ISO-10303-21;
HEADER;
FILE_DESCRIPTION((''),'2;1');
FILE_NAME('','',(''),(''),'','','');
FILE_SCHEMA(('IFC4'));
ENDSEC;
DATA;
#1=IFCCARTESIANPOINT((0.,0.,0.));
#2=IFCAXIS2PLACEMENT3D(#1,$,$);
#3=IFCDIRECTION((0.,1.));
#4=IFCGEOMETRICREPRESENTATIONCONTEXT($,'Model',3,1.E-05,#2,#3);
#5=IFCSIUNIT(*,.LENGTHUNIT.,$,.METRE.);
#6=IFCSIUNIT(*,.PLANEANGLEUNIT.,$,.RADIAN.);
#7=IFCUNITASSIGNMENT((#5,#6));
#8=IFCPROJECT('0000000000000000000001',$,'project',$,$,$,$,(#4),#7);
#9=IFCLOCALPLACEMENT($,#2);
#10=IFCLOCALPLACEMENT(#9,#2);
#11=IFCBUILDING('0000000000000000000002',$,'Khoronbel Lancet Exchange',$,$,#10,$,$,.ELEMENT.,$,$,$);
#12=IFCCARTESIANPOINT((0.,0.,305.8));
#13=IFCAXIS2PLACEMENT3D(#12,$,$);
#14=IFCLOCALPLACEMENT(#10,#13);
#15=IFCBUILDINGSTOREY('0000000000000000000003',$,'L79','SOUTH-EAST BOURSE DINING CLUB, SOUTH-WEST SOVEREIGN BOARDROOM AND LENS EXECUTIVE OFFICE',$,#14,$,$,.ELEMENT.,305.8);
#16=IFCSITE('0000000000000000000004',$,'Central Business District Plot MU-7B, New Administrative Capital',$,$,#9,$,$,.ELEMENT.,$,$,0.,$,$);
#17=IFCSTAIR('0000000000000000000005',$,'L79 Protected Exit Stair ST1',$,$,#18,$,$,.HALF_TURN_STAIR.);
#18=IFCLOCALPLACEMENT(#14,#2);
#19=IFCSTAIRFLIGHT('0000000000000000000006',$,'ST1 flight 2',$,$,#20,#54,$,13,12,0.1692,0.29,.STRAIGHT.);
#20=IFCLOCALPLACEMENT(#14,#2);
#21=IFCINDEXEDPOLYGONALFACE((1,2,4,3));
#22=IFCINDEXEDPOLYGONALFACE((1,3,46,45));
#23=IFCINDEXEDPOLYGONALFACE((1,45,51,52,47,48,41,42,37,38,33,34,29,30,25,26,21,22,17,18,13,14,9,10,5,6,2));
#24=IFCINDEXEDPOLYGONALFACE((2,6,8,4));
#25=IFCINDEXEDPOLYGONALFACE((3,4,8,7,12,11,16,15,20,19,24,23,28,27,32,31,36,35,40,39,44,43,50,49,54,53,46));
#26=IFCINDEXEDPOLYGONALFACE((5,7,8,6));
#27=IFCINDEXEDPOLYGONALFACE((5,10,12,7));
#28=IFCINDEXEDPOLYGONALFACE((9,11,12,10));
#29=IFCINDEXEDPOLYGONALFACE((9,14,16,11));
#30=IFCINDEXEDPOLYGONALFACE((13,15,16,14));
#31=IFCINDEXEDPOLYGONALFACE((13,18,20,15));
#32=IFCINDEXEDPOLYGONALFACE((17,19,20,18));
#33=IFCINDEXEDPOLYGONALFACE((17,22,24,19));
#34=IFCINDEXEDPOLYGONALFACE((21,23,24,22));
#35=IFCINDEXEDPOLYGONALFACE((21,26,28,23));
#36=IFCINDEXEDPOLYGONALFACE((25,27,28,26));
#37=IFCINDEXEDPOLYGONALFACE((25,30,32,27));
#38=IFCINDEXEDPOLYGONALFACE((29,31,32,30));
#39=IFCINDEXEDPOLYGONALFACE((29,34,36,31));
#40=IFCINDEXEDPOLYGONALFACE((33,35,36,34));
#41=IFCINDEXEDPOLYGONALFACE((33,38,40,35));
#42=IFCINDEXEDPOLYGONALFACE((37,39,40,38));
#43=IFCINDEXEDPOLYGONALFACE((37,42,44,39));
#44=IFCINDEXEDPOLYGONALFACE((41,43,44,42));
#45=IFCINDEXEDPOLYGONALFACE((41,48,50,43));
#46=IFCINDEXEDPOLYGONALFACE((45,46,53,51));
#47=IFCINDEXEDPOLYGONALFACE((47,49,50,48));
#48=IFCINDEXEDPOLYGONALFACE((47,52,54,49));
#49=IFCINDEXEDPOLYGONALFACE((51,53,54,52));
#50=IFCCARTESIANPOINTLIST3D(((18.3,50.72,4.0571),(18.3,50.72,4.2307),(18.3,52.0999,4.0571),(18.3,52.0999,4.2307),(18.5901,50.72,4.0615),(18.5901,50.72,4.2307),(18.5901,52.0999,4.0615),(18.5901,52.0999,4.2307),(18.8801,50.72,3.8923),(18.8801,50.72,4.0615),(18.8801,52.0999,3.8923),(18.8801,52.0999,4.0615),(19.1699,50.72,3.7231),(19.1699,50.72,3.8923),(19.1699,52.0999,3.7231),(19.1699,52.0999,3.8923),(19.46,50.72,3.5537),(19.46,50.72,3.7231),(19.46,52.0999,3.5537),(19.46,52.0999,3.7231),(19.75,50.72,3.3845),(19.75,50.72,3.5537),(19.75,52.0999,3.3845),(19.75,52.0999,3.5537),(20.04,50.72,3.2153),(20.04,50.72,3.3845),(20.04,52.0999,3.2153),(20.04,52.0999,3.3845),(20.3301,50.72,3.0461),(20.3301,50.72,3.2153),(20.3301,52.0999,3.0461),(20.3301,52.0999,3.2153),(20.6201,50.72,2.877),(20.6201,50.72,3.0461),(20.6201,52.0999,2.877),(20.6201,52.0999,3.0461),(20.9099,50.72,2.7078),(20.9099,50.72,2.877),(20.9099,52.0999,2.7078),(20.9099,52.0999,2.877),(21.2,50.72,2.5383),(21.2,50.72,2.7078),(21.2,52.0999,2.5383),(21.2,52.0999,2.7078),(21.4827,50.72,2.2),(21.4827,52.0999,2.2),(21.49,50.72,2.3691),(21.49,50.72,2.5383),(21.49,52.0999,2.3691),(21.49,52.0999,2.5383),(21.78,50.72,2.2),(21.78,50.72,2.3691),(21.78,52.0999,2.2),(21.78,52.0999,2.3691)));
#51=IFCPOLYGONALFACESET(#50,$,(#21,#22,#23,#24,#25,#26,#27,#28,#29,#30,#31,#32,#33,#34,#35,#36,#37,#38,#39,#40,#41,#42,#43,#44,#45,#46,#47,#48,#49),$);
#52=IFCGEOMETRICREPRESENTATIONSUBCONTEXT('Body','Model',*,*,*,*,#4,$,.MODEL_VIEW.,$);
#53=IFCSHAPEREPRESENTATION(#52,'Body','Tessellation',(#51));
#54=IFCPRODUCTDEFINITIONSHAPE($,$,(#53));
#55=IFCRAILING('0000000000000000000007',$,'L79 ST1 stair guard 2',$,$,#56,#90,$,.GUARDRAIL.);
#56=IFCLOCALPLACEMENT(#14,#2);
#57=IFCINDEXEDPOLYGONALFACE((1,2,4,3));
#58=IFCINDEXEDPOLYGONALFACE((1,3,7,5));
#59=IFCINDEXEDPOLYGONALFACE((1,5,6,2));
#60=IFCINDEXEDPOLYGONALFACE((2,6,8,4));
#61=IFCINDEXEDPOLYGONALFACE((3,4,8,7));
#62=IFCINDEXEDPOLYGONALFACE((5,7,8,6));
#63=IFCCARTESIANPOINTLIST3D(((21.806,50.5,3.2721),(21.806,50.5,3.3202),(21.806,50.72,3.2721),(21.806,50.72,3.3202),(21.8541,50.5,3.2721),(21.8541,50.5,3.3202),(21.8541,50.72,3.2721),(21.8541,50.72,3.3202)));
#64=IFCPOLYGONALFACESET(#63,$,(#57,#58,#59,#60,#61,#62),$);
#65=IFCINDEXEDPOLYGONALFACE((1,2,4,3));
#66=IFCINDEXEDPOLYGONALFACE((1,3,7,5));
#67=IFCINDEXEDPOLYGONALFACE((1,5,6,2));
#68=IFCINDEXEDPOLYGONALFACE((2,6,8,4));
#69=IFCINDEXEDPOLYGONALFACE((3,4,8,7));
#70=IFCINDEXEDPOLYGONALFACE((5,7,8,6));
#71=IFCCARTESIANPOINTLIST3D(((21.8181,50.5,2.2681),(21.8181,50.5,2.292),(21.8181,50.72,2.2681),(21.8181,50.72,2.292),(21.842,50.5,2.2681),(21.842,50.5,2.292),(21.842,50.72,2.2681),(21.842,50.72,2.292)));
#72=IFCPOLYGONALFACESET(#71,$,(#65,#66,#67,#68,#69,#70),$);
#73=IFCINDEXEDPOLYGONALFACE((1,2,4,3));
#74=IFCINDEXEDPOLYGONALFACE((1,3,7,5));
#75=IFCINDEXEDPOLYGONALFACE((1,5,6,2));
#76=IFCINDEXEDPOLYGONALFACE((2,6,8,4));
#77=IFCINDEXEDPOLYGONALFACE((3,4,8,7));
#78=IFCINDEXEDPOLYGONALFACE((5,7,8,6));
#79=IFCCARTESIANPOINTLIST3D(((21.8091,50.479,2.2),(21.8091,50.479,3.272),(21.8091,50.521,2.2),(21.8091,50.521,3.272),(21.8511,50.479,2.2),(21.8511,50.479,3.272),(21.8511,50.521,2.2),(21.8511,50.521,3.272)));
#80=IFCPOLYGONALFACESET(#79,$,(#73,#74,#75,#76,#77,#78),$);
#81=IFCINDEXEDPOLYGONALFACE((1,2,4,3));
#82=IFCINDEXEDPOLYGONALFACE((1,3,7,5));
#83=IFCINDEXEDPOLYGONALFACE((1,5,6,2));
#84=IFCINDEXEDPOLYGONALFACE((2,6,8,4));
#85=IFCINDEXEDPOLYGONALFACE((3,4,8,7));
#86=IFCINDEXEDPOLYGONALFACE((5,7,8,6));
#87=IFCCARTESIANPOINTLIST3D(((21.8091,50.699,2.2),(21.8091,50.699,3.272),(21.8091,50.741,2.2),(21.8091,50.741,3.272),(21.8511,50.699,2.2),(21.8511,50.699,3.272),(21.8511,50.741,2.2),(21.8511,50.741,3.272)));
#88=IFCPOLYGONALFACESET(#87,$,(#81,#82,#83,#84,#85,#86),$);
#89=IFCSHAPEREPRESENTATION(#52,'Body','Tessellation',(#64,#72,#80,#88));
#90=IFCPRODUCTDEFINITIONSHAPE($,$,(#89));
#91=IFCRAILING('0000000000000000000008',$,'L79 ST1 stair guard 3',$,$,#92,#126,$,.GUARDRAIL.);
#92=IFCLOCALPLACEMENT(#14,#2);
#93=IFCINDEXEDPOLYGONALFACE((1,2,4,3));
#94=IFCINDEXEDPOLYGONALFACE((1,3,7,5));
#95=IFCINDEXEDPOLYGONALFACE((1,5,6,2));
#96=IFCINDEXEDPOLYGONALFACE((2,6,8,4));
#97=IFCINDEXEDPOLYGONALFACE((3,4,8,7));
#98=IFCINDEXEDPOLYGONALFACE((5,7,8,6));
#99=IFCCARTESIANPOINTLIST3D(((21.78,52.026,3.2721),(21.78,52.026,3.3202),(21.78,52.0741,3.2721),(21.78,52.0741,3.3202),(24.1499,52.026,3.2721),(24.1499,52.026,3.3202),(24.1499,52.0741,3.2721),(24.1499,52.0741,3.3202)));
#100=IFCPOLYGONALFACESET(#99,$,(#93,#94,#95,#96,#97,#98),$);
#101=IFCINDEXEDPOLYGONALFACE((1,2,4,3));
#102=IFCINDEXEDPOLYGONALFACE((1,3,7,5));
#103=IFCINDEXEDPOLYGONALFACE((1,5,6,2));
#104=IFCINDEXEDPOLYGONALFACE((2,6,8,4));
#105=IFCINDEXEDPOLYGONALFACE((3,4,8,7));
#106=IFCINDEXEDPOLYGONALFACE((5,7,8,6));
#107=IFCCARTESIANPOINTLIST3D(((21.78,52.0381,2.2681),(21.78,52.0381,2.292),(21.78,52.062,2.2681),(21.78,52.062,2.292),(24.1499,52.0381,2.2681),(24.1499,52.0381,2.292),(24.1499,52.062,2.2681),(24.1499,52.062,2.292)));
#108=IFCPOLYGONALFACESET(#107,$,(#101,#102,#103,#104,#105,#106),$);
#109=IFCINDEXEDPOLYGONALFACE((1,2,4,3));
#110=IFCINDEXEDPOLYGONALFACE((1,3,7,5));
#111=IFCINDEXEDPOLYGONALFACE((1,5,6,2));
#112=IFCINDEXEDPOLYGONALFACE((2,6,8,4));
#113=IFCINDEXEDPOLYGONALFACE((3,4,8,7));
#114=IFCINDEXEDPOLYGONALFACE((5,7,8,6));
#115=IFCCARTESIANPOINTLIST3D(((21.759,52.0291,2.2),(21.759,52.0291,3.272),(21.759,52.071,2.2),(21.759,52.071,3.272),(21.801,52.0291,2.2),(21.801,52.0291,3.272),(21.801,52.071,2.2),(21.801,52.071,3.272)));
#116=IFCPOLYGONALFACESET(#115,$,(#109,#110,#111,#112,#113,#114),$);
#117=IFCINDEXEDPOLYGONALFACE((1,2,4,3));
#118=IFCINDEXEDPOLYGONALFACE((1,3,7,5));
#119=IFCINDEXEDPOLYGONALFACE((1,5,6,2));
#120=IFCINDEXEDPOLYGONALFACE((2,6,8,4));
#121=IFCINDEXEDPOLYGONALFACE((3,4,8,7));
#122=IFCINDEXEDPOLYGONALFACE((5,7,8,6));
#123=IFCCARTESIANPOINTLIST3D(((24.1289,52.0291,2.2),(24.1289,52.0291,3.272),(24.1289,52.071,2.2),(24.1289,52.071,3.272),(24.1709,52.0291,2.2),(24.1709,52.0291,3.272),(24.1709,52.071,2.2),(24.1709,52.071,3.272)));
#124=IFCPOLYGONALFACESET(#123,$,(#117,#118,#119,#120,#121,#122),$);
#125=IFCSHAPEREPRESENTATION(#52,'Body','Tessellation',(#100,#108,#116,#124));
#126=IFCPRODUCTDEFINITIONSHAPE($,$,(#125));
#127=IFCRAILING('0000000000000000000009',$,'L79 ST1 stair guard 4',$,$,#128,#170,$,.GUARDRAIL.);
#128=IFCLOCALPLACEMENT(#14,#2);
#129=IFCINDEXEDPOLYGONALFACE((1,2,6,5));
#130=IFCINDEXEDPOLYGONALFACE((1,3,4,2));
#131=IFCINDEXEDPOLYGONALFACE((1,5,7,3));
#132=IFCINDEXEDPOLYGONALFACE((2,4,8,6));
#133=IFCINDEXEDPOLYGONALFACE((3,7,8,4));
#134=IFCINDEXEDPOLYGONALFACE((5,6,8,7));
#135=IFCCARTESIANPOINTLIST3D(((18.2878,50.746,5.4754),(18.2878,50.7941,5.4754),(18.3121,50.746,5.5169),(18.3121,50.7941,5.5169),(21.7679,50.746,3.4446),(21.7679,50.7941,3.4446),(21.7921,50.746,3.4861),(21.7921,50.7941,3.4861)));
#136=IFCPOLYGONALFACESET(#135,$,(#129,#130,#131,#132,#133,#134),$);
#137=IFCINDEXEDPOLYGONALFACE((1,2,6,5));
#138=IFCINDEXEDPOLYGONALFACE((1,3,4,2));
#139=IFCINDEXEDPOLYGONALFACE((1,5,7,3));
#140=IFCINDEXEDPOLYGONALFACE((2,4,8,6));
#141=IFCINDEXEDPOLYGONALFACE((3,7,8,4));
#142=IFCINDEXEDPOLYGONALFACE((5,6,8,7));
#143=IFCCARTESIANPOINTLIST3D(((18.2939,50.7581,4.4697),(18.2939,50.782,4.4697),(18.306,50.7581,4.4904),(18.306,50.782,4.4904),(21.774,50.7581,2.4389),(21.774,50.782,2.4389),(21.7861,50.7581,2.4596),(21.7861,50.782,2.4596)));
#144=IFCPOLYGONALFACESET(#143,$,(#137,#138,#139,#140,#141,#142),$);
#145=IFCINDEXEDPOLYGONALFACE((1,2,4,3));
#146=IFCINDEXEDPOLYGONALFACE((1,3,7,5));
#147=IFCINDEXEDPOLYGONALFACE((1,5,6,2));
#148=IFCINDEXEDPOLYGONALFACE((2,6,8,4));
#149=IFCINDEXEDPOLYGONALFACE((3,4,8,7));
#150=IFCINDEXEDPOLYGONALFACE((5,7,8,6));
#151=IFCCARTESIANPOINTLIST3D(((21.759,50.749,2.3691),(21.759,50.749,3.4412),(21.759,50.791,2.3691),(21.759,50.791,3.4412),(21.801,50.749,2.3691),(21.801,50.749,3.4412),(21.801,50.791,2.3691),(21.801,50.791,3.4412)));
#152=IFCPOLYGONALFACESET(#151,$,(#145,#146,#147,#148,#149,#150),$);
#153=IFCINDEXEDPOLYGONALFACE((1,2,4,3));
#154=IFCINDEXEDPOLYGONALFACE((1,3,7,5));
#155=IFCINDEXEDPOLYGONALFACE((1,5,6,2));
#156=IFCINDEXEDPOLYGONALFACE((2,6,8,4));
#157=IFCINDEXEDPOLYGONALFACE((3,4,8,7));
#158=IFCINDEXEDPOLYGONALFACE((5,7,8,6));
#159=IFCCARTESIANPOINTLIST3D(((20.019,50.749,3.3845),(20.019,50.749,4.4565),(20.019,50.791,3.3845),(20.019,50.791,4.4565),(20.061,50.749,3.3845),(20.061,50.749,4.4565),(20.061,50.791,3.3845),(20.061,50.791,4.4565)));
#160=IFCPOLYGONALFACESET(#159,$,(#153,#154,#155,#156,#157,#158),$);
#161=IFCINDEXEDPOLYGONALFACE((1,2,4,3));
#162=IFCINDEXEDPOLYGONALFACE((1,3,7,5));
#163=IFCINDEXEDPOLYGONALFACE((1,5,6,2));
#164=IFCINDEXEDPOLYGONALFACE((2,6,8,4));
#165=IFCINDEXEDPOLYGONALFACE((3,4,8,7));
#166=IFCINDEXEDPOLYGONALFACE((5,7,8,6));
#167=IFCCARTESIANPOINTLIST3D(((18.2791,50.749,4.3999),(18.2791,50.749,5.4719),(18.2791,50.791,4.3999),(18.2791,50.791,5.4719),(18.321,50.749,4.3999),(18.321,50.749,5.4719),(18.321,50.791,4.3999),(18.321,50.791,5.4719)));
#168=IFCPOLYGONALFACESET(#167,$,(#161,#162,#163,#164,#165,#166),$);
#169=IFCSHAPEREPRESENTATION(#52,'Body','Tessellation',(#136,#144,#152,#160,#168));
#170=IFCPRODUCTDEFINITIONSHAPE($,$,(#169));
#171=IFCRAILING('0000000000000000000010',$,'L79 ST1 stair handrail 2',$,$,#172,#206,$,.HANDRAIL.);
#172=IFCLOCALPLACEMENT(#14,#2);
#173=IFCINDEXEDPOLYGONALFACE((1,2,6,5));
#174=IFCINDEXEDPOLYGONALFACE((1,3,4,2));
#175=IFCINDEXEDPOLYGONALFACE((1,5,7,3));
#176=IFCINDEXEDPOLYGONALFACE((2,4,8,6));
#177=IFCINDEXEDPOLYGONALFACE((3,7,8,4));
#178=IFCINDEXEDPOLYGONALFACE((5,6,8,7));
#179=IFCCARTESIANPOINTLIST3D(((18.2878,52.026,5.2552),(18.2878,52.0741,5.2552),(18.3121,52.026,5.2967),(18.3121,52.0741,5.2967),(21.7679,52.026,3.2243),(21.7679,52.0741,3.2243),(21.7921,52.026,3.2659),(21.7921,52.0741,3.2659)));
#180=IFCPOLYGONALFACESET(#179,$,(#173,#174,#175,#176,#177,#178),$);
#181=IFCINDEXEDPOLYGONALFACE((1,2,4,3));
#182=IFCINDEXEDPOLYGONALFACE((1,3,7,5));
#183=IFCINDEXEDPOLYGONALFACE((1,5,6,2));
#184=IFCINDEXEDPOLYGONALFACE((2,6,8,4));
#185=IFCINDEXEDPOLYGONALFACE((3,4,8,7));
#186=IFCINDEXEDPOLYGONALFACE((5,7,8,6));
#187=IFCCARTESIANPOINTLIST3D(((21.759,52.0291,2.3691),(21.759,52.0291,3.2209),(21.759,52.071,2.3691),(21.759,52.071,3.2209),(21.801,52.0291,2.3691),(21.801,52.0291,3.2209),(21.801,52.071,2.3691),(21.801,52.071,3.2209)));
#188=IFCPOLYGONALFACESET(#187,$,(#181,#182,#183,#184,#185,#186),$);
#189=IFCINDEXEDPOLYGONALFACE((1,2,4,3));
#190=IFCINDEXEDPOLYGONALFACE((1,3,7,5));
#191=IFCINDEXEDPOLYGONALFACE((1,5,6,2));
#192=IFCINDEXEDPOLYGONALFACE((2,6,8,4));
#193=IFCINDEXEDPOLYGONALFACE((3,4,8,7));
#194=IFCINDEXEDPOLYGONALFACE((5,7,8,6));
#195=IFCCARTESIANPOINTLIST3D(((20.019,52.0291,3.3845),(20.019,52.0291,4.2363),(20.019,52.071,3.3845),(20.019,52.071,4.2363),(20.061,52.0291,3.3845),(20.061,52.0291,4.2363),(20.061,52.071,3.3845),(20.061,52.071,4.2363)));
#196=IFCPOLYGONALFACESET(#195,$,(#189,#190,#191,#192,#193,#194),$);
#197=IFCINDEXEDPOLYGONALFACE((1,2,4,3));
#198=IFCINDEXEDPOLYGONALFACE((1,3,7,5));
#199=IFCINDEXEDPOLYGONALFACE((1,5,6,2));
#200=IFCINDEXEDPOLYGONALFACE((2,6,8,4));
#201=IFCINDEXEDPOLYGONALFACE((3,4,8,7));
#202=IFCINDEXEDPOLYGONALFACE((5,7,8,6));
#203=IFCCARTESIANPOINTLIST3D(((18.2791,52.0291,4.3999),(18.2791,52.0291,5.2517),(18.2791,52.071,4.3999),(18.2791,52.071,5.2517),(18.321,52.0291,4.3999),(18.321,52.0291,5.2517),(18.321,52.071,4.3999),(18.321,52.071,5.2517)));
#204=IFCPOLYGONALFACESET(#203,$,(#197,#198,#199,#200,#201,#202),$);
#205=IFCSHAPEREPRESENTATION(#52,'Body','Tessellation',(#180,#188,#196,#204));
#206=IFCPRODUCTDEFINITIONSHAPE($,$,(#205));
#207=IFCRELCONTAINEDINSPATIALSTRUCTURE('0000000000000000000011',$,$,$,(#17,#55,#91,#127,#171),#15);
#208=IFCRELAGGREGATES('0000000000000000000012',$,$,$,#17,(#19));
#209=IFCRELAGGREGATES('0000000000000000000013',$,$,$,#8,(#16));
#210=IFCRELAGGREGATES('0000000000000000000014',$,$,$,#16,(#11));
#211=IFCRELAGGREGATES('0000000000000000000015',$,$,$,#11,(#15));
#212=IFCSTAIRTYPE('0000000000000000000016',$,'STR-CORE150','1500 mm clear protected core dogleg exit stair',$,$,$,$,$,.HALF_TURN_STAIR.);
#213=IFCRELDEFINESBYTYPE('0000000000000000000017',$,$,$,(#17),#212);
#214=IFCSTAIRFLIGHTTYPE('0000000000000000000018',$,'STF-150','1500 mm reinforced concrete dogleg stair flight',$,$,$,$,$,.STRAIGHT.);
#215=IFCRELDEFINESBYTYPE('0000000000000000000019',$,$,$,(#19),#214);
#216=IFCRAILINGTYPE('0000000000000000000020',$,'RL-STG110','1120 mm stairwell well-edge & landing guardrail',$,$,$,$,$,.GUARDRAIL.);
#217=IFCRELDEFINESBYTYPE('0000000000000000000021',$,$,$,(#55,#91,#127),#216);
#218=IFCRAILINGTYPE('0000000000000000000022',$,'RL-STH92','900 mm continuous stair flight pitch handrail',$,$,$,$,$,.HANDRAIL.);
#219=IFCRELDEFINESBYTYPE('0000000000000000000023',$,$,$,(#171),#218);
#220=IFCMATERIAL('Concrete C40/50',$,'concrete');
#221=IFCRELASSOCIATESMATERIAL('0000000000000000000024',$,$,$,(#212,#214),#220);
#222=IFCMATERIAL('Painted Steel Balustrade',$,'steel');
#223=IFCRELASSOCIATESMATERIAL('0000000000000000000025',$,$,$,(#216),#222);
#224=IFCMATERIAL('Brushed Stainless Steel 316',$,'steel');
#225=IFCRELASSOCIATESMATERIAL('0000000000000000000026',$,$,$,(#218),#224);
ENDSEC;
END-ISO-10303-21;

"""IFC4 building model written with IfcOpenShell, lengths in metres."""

from ifc_helpers import new_model, si_unit, direction, frame, origin, origin_2d, place, context, subcontext, project, spatial, polyline, rectangle, outline, extrude, material, type_object, element, aggregate, save


model = new_model("IFC4")

# Units and contexts
model_context = context("Model", 3, precision=1e-05, world=origin(), true_north=direction((0.0, 1.0)))
body_context = subcontext(model_context, "Body", "Model", "MODEL_VIEW")
ifc_project = project(units=[si_unit("LENGTHUNIT", "METRE"), si_unit("PLANEANGLEUNIT", "RADIAN")], contexts=[model_context])

# Site, building, storey
site_placement = place(None, origin())
site = spatial("IfcSite", under=ifc_project, at=site_placement, Name="Central Business District Plot MU-7B, New Administrative Capital", CompositionType="ELEMENT", RefElevation=0.0)
building_placement = place(site_placement, origin())
building = spatial("IfcBuilding", under=site, at=building_placement, Name="Khoronbel Lancet Exchange", CompositionType="ELEMENT")
storey_placement = place(building_placement, frame((0.0, 0.0, 305.8)))
storey = spatial("IfcBuildingStorey", under=building, at=storey_placement, Name="L79", Description="SOUTH-EAST BOURSE DINING CLUB, SOUTH-WEST SOVEREIGN BOARDROOM AND LENS EXECUTIVE OFFICE", CompositionType="ELEMENT", Elevation=305.8)

# Stair, stair flight
ifc_material_1 = material(Name="Concrete C40/50", Category="concrete")
stair_type = type_object("IfcStairType", Name="STR-CORE150", Description="1500 mm clear protected core dogleg exit stair", PredefinedType="HALF_TURN_STAIR", material=ifc_material_1)
stair_placement = place(storey_placement, origin())
stair = element("IfcStair", 1, at=stair_placement, inside=storey, type_object=stair_type, Name="L79 Protected Exit Stair ST1", PredefinedType="HALF_TURN_STAIR")
stair_flight_type = type_object("IfcStairFlightType", Name="STF-150", Description="1500 mm reinforced concrete dogleg stair flight", PredefinedType="STRAIGHT", material=ifc_material_1)
stair_flight_placement = place(storey_placement, frame((21.78, 51.4099, 2.2), z_axis=(0.0, 0.0, 1.0), x_axis=(-1.0, 0.0, 0.0)))
stair_flight = element("IfcStairFlight", 2, at=stair_flight_placement, type_object=stair_flight_type, Name="ST1 flight 2", NumberOfRisers=13, NumberOfTreads=12, PredefinedType="STRAIGHT", RiserHeight=0.1692, TreadLength=0.29, context=body_context, shape_type="SweptSolid", body=[
    extrude(outline(polyline([(0.0, 0.0), (0.0, 0.1692), (0.29, 0.1692), (0.29, 0.3384), (0.5801, 0.3384), (0.5801, 0.5078), (0.8701, 0.5078), (0.8701, 0.677), (1.1599, 0.677), (1.1599, 0.8462), (1.45, 0.8462), (1.45, 1.0154), (1.74, 1.0154), (1.74, 1.1846), (2.03, 1.1846), (2.03, 1.3538), (2.3201, 1.3538), (2.3201, 1.5232), (2.6101, 1.5232), (2.6101, 1.6924), (2.8999, 1.6924), (2.8999, 1.8616), (3.1899, 1.8616), (3.1899, 2.0308), (3.48, 2.0308), (3.48, 2.2), (3.48, 1.8572), (0.2974, 0.0), (0.0, 0.0)])), frame((0.0, 0.6899, 0.0), z_axis=(0.0, -1.0, 0.0), x_axis=(1.0, 0.0, 0.0)), (0.0, 0.0, 1.0), 1.3799),
])
aggregate(stair, [stair_flight])

# Railings
ifc_material_2 = material(Name="Painted Steel Balustrade", Category="steel")
railing_type_1 = type_object("IfcRailingType", Name="RL-STG110", Description="1120 mm stairwell well-edge & landing guardrail", PredefinedType="GUARDRAIL", material=ifc_material_2)
railing_1_placement = place(storey_placement, frame((21.8301, 50.5, 2.2)))
element("IfcRailing", 3, at=railing_1_placement, inside=storey, type_object=railing_type_1, Name="L79 ST1 stair guard 2", PredefinedType="GUARDRAIL", context=body_context, shape_type="SweptSolid", body=[
    extrude(rectangle(XDim=0.0481, YDim=0.0481, at=origin_2d()), frame((0.0, 0.0, 1.0962), z_axis=(0.0, 1.0, 0.0), x_axis=(-1.0, 0.0, 0.0)), (0.0, 0.0, 1.0), 0.22),
    extrude(rectangle(XDim=0.0239, YDim=0.0239, at=origin_2d()), frame((0.0, 0.0, 0.0801), z_axis=(0.0, 1.0, 0.0), x_axis=(-1.0, 0.0, 0.0)), (0.0, 0.0, 1.0), 0.22),
    extrude(rectangle(XDim=0.042, YDim=0.042, at=origin_2d()), origin(), (0.0, 0.0, 1.0), 1.072),
    extrude(rectangle(XDim=0.042, YDim=0.042, at=origin_2d()), frame((0.0, 0.22, 0.0)), (0.0, 0.0, 1.0), 1.072),
])
railing_2_placement = place(storey_placement, frame((21.78, 52.05, 2.2)))
element("IfcRailing", 4, at=railing_2_placement, inside=storey, type_object=railing_type_1, Name="L79 ST1 stair guard 3", PredefinedType="GUARDRAIL", context=body_context, shape_type="SweptSolid", body=[
    extrude(rectangle(XDim=0.0481, YDim=0.0481, at=origin_2d()), frame((0.0, 0.0, 1.0962), z_axis=(1.0, 0.0, 0.0), x_axis=(0.0, 1.0, 0.0)), (0.0, 0.0, 1.0), 2.3699),
    extrude(rectangle(XDim=0.0239, YDim=0.0239, at=origin_2d()), frame((0.0, 0.0, 0.0801), z_axis=(1.0, 0.0, 0.0), x_axis=(0.0, 1.0, 0.0)), (0.0, 0.0, 1.0), 2.3699),
    extrude(rectangle(XDim=0.042, YDim=0.042, at=origin_2d()), origin(), (0.0, 0.0, 1.0), 1.072),
    extrude(rectangle(XDim=0.042, YDim=0.042, at=origin_2d()), frame((2.3699, 0.0, 0.0)), (0.0, 0.0, 1.0), 1.072),
])
railing_3_placement = place(storey_placement, frame((21.78, 50.77, 2.3691)))
element("IfcRailing", 5, at=railing_3_placement, inside=storey, type_object=railing_type_1, Name="L79 ST1 stair guard 4", PredefinedType="GUARDRAIL", context=body_context, shape_type="SweptSolid", body=[
    extrude(rectangle(XDim=0.0481, YDim=0.0481, at=origin_2d()), frame((0.0, 0.0, 1.0962), z_axis=(-0.863695, 0.0, 0.504014), x_axis=(0.0, -1.0, 0.0)), (0.0, 0.0, 1.0), 4.0293),
    extrude(rectangle(XDim=0.0239, YDim=0.0239, at=origin_2d()), frame((0.0, 0.0, 0.0801), z_axis=(-0.863695, 0.0, 0.504014), x_axis=(0.0, -1.0, 0.0)), (0.0, 0.0, 1.0), 4.0293),
    extrude(rectangle(XDim=0.042, YDim=0.042, at=origin_2d()), origin(), (0.0, 0.0, 1.0), 1.072),
    extrude(rectangle(XDim=0.042, YDim=0.042, at=origin_2d()), frame((-1.74, 0.0, 1.0154)), (0.0, 0.0, 1.0), 1.072),
    extrude(rectangle(XDim=0.042, YDim=0.042, at=origin_2d()), frame((-3.48, 0.0, 2.0308)), (0.0, 0.0, 1.0), 1.072),
])
ifc_material_3 = material(Name="Brushed Stainless Steel 316", Category="steel")
railing_type_2 = type_object("IfcRailingType", Name="RL-STH92", Description="900 mm continuous stair flight pitch handrail", PredefinedType="HANDRAIL", material=ifc_material_3)
railing_4_placement = place(storey_placement, frame((21.78, 52.05, 2.3691)))
element("IfcRailing", 6, at=railing_4_placement, inside=storey, type_object=railing_type_2, Name="L79 ST1 stair handrail 2", PredefinedType="HANDRAIL", context=body_context, shape_type="SweptSolid", body=[
    extrude(rectangle(XDim=0.0481, YDim=0.0481, at=origin_2d()), frame((0.0, 0.0, 0.876), z_axis=(-0.863695, 0.0, 0.504014), x_axis=(0.0, -1.0, 0.0)), (0.0, 0.0, 1.0), 4.0293),
    extrude(rectangle(XDim=0.042, YDim=0.042, at=origin_2d()), origin(), (0.0, 0.0, 1.0), 0.8518),
    extrude(rectangle(XDim=0.042, YDim=0.042, at=origin_2d()), frame((-1.74, 0.0, 1.0154)), (0.0, 0.0, 1.0), 0.8518),
    extrude(rectangle(XDim=0.042, YDim=0.042, at=origin_2d()), frame((-3.48, 0.0, 2.0308)), (0.0, 0.0, 1.0), 0.8518),
])

save(model, "model.ifc")
